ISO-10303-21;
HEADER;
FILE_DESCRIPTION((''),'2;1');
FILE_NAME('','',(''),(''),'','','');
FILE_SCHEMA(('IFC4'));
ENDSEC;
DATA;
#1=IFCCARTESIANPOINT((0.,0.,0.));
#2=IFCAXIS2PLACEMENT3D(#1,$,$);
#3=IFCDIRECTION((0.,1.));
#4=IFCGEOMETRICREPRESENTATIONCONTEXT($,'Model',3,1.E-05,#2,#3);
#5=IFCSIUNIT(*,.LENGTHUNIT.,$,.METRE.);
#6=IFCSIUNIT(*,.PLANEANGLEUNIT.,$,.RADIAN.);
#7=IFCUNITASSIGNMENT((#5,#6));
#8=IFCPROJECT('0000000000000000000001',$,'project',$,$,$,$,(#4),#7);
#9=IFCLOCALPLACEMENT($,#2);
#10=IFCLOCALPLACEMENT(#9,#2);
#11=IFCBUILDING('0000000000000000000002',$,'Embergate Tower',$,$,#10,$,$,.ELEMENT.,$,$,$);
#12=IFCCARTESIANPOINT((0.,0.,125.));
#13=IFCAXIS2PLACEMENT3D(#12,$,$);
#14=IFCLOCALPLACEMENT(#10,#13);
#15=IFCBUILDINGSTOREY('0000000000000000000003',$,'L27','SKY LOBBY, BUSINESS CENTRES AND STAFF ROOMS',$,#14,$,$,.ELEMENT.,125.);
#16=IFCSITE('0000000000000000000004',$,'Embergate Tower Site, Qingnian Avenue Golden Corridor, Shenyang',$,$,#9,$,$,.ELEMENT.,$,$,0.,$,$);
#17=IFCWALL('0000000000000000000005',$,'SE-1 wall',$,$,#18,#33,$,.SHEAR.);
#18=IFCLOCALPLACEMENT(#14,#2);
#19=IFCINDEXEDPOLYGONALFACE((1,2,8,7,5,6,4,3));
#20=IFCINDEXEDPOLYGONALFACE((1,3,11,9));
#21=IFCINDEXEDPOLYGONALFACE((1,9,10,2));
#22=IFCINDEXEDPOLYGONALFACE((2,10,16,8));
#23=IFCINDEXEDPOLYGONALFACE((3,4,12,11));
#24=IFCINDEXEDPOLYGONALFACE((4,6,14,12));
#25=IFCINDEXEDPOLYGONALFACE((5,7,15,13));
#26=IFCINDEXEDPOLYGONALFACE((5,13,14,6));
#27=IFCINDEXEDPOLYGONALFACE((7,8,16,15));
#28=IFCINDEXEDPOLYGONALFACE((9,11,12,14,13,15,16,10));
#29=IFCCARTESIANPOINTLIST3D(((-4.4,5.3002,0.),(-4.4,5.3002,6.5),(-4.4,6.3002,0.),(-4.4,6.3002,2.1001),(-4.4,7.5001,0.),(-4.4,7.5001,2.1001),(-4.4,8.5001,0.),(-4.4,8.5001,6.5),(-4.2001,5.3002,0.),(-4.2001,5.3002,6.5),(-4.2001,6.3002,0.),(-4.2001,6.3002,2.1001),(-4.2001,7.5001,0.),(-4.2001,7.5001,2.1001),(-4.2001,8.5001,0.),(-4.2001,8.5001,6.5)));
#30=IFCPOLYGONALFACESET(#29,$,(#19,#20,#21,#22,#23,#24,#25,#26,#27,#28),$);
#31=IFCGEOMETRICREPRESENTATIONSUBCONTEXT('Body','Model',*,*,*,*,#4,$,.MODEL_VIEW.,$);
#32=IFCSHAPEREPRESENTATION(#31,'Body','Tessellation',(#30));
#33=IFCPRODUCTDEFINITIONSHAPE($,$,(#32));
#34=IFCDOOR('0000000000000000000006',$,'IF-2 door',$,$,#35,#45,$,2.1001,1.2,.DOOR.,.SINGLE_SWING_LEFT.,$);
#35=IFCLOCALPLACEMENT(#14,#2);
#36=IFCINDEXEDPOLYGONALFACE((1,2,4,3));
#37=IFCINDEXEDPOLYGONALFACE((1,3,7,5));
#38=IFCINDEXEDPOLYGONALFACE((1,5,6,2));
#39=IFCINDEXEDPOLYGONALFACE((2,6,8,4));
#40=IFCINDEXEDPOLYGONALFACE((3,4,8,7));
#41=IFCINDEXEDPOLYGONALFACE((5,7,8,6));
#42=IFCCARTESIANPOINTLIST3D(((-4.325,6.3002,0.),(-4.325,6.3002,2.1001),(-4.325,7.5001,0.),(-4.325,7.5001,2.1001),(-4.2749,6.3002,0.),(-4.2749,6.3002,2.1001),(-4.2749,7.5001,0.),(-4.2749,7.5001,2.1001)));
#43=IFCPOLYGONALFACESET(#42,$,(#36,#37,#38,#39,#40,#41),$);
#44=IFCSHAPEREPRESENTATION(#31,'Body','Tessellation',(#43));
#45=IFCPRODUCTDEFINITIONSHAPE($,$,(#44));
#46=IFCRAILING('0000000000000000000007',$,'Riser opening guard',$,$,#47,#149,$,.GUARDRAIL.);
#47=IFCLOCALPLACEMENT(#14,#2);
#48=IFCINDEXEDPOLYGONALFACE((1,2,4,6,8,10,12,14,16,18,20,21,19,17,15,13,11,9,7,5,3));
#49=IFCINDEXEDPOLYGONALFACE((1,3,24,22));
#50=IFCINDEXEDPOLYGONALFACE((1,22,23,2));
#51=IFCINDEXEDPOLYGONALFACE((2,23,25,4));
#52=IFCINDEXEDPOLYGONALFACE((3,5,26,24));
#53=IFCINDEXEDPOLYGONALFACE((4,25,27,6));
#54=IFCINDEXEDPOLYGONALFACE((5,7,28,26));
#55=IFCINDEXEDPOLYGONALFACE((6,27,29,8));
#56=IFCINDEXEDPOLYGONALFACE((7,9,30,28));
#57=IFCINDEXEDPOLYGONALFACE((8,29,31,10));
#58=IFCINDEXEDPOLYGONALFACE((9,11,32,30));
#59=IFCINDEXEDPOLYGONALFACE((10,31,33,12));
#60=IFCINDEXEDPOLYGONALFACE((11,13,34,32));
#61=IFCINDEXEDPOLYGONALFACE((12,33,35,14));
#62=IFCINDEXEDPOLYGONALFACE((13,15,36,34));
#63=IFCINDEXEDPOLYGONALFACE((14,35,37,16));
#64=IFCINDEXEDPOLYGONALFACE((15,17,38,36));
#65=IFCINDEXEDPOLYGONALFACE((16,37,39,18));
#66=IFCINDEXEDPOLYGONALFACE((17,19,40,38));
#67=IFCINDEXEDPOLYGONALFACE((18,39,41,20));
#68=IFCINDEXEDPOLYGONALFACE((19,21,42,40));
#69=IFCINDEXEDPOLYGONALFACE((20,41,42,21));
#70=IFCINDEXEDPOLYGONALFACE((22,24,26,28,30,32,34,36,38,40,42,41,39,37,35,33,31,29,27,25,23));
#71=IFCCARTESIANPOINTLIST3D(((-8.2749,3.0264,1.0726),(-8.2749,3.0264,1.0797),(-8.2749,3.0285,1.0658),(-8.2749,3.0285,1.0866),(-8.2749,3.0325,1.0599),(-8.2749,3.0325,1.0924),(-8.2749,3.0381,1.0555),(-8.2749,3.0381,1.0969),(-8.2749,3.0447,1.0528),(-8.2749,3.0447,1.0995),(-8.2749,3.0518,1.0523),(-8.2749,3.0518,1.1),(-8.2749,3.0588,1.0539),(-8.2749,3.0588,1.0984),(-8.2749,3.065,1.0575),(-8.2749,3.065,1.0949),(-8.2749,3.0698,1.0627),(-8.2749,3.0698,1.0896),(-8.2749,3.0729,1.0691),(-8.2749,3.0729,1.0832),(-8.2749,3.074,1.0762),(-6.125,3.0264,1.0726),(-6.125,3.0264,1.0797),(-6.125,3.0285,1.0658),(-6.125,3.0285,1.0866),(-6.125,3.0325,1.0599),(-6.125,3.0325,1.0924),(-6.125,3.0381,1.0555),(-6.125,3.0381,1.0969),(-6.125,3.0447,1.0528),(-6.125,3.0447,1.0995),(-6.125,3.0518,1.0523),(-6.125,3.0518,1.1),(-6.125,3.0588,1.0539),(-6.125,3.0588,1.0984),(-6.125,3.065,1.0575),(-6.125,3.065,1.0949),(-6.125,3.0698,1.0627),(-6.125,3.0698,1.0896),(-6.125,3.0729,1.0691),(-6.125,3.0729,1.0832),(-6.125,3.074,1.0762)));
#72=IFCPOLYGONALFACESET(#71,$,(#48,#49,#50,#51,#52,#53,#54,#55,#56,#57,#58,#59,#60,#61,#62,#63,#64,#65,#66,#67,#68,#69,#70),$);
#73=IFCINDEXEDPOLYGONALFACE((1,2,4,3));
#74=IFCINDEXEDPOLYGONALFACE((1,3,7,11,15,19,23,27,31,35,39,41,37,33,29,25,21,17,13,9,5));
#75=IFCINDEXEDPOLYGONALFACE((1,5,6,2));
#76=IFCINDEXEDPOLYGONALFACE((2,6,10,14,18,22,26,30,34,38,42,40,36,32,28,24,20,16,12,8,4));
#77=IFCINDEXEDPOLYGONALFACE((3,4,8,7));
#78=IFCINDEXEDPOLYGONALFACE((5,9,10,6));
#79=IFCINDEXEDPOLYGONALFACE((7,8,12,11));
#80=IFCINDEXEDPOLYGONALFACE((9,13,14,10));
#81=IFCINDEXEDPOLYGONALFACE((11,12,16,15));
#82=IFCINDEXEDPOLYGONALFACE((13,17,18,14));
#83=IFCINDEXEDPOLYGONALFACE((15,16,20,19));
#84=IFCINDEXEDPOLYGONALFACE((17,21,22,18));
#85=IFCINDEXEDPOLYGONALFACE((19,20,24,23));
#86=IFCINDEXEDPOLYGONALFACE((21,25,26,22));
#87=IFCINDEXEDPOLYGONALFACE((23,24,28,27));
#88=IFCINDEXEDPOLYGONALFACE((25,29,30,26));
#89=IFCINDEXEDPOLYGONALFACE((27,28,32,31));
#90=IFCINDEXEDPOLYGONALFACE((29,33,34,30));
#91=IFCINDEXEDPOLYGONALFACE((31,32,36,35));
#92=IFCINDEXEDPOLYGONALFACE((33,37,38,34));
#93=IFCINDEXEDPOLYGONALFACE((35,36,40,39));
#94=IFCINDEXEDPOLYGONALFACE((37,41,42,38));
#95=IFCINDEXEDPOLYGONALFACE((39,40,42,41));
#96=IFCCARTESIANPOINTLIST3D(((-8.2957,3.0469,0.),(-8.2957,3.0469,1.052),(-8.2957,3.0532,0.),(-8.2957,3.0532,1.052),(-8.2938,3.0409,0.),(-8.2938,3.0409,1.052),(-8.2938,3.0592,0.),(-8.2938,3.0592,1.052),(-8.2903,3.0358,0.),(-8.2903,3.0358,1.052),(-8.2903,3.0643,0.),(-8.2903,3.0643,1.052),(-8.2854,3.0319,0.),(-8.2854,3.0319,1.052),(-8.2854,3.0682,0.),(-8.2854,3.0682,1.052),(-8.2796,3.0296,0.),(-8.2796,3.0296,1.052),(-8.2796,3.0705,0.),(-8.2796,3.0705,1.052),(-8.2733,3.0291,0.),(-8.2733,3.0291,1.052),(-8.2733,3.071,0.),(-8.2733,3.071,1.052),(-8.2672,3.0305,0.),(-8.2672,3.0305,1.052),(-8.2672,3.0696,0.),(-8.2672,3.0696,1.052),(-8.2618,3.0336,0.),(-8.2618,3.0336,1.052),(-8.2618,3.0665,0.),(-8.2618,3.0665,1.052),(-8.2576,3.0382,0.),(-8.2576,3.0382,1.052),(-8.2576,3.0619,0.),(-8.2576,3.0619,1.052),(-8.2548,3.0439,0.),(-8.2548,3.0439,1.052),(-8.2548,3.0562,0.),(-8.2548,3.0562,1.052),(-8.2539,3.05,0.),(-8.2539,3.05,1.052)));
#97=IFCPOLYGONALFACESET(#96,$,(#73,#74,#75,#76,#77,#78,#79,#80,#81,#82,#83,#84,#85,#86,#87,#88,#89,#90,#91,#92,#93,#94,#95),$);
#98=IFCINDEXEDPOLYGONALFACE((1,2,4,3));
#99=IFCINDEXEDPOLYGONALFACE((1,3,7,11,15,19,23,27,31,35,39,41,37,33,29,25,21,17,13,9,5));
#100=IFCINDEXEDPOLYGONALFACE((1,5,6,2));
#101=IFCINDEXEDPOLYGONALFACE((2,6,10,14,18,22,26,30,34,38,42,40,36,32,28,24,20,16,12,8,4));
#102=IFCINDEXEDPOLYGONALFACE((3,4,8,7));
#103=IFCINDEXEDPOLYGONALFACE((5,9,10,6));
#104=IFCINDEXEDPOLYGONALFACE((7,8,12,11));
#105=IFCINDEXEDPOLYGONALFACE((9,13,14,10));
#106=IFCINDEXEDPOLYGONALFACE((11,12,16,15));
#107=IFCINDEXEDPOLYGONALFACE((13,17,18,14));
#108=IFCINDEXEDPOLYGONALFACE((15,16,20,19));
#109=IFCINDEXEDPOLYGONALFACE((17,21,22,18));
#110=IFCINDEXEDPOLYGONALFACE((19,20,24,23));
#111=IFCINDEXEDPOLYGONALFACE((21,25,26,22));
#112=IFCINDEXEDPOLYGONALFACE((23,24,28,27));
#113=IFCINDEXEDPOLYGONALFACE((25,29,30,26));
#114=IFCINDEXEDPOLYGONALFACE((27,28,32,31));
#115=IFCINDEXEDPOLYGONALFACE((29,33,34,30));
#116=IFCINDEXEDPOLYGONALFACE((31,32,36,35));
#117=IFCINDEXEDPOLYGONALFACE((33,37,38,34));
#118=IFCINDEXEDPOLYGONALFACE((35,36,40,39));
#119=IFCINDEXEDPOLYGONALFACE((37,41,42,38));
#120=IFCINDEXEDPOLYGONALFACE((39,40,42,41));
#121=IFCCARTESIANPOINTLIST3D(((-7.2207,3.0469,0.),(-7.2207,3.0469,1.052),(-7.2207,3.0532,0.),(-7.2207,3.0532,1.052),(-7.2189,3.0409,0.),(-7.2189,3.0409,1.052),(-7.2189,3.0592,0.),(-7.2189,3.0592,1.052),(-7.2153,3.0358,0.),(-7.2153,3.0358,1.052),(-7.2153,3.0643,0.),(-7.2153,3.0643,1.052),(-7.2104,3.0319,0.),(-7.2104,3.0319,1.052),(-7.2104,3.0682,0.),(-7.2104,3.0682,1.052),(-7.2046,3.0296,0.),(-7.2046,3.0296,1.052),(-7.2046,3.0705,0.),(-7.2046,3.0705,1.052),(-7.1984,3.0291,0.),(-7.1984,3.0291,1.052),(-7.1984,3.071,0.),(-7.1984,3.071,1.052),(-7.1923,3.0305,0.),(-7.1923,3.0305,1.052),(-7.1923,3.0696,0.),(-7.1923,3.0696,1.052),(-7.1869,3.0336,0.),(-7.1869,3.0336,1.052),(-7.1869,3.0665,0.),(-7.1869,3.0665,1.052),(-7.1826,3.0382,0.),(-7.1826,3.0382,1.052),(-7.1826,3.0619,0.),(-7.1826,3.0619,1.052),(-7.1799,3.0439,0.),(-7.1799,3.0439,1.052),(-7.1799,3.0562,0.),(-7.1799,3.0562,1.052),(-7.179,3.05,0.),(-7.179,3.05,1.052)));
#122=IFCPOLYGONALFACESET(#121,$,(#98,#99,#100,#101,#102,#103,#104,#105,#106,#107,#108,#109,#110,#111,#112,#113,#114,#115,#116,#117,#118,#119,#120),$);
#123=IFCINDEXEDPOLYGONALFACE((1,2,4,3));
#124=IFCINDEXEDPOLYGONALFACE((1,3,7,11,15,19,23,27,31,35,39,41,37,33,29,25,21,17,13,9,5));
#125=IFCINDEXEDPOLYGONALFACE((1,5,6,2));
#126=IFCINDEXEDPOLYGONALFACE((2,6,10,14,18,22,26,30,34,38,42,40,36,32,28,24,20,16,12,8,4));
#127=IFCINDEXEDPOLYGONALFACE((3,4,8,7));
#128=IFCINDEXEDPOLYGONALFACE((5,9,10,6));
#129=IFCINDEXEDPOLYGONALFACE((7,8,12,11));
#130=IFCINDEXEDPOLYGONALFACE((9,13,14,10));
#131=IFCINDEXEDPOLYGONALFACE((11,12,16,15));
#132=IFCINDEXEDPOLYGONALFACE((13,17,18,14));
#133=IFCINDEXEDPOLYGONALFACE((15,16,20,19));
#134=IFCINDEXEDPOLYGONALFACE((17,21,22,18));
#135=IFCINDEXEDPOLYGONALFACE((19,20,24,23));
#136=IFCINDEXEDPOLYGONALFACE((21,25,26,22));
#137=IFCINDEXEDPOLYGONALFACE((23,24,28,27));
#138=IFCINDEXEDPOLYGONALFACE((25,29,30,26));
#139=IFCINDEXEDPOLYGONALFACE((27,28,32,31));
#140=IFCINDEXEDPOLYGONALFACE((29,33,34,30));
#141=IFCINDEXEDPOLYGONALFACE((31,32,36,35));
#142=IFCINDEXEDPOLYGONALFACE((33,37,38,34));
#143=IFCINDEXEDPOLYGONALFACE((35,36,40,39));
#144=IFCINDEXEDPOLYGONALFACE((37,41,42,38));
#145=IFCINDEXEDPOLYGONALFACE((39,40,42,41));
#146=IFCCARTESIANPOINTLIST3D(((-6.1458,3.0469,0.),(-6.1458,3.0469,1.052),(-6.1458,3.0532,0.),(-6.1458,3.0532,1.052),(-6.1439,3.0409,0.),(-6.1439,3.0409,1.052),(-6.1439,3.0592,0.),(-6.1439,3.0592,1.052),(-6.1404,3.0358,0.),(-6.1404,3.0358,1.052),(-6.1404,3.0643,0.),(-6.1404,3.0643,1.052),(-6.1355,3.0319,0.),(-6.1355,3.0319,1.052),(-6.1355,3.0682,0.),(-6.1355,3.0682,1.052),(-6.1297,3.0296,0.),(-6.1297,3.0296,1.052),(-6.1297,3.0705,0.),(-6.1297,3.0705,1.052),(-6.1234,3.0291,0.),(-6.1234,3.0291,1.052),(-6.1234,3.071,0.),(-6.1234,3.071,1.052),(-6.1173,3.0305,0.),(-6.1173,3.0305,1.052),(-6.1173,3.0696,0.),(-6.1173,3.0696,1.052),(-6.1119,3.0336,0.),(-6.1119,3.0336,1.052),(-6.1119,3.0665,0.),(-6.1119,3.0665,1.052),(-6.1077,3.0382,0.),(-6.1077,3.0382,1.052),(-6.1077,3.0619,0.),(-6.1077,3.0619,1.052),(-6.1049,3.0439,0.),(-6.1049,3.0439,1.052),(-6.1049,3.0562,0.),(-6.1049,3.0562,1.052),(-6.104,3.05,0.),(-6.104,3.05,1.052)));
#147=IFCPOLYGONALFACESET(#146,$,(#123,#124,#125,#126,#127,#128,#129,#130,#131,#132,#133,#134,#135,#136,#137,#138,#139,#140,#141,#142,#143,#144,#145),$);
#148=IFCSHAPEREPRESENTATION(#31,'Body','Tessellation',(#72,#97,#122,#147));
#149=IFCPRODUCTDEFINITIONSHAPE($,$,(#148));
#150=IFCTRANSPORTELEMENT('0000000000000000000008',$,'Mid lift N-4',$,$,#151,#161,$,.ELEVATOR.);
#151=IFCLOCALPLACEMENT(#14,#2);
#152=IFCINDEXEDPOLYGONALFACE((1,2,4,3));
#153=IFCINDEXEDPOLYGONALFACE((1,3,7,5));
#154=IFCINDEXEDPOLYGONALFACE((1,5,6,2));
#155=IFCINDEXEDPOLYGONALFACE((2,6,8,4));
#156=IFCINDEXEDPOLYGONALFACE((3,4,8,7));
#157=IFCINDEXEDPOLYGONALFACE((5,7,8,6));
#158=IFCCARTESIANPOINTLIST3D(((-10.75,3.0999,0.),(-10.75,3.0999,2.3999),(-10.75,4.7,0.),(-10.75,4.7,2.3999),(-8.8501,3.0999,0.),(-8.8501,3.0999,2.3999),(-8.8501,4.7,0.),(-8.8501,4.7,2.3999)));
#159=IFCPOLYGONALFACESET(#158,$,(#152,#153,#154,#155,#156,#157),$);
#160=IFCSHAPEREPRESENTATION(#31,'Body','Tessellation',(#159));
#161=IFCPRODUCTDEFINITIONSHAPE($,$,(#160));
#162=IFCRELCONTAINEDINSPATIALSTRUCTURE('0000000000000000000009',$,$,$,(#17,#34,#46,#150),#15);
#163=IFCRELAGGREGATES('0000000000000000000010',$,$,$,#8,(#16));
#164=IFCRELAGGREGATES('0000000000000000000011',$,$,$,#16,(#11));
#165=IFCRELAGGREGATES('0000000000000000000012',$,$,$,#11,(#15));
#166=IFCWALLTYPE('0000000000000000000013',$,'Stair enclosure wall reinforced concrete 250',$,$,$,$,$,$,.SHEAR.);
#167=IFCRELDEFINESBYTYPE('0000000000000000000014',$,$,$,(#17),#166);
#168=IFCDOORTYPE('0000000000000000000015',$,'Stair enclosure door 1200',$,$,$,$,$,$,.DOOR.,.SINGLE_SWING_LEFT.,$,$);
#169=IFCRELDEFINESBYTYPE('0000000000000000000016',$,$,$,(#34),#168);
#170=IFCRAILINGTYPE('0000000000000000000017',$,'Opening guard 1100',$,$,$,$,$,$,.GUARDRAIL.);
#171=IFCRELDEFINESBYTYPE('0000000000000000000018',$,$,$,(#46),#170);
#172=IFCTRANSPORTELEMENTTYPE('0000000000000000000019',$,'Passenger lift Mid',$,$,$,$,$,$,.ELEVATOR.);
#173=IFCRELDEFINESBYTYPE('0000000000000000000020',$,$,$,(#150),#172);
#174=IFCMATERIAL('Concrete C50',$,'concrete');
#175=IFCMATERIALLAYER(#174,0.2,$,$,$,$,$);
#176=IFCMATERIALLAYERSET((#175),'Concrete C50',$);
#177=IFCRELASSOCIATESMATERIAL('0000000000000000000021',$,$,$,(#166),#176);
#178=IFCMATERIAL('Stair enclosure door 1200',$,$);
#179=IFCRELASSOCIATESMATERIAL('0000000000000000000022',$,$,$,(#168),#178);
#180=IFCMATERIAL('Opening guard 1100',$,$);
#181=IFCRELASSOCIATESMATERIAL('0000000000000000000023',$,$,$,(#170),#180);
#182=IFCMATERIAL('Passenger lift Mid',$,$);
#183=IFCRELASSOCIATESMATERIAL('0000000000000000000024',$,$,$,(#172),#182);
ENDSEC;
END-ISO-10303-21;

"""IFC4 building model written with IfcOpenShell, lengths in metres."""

from ifc_helpers import new_model, si_unit, direction, frame, frame_2d, origin, origin_2d, place, context, subcontext, project, spatial, rectangle, circle, extrude, source, transform, mapped, material, layer, layer_set, type_object, element, fill, save


model = new_model("IFC4")

# Units and contexts
model_context = context("Model", 3, precision=1e-05, world=origin(), true_north=direction((0.0, 1.0)))
body_context = subcontext(model_context, "Body", "Model", "MODEL_VIEW")
ifc_project = project(units=[si_unit("LENGTHUNIT", "METRE"), si_unit("PLANEANGLEUNIT", "RADIAN")], contexts=[model_context])

# Site, building, storey
site_placement = place(None, origin())
site = spatial("IfcSite", under=ifc_project, at=site_placement, Name="Embergate Tower Site, Qingnian Avenue Golden Corridor, Shenyang", CompositionType="ELEMENT", RefElevation=0.0)
building_placement = place(site_placement, origin())
building = spatial("IfcBuilding", under=site, at=building_placement, Name="Embergate Tower", CompositionType="ELEMENT")
storey_placement = place(building_placement, frame((0.0, 0.0, 125.0)))
storey = spatial("IfcBuildingStorey", under=building, at=storey_placement, Name="L27", Description="SKY LOBBY, BUSINESS CENTRES AND STAFF ROOMS", CompositionType="ELEMENT", Elevation=125.0)

# Shared definitions
ifc_material_1 = material(Name="Concrete C50", Category="concrete")

# Shared definitions
ifc_layer_1 = layer(ifc_material_1, 0.2)
ifc_layer_set_1 = layer_set([ifc_layer_1], Name="Concrete C50")
wall_type_1 = type_object("IfcWallType", Name="Stair enclosure wall reinforced concrete 250", PredefinedType="SHEAR", material=ifc_layer_set_1)

# Wall, opening, door
shared_shape_1 = source(origin(), body_context, "Body", "SweptSolid", [
    extrude(rectangle(XDim=3.2, YDim=0.2, at=frame_2d((1.6001, 0.0))), origin(), (0.0, 0.0, 1.0), 6.5),
])
wall_1_placement = place(storey_placement, frame((-4.3, 5.3, 0.0), z_axis=(0.0, 0.0, 1.0), x_axis=(0.0, 1.0, 0.0)))
wall_1 = element("IfcWall", 1, at=wall_1_placement, inside=storey, type_object=wall_type_1, Name="SE-1 wall", PredefinedType="SHEAR", context=body_context, shape_type="MappedRepresentation", body=[
    mapped(shared_shape_1, transform((0.0, 0.0, 0.0))),
])
shared_shape_2 = source(origin(), body_context, "Body", "SweptSolid", [
    extrude(rectangle(XDim=1.2, YDim=2.1001, at=frame_2d((0.6001, 1.05))), frame((0.0, 0.1099, 0.0), z_axis=(0.0, -1.0, 0.0), x_axis=(1.0, 0.0, 0.0)), (0.0, 0.0, 1.0), 0.22),
])
opening_1_placement = place(wall_1_placement, frame((1.0, 0.0, 0.0)))
opening_1 = element("IfcOpeningElement", 2, at=opening_1_placement, cuts=wall_1, PredefinedType="OPENING", context=body_context, shape_type="MappedRepresentation", body=[
    mapped(shared_shape_2, transform((0.0, 0.0, 0.0))),
])
ifc_material_2 = material(Name="Stair enclosure door 1200")
door_type_1 = type_object("IfcDoorType", Name="Stair enclosure door 1200", OperationType="SINGLE_SWING_LEFT", PredefinedType="DOOR", material=ifc_material_2)
shared_shape_3 = source(origin(), body_context, "Body", "SweptSolid", [
    extrude(rectangle(XDim=1.2, YDim=2.1001, at=frame_2d((0.6001, 1.05))), frame((0.0, 0.0249, 0.0), z_axis=(0.0, -1.0, 0.0), x_axis=(1.0, 0.0, 0.0)), (0.0, 0.0, 1.0), 0.05),
])
door_1_placement = place(opening_1_placement, origin())
door_1 = element("IfcDoor", 3, at=door_1_placement, inside=storey, type_object=door_type_1, Name="IF-2 door", OperationType="SINGLE_SWING_LEFT", OverallHeight=2.1001, OverallWidth=1.2, PredefinedType="DOOR", context=body_context, shape_type="MappedRepresentation", body=[
    mapped(shared_shape_3, transform((0.0, 0.0, 0.0))),
])
fill(opening_1, door_1)

# Railing
ifc_material_3 = material(Name="Opening guard 1100")
railing_type = type_object("IfcRailingType", Name="Opening guard 1100", PredefinedType="GUARDRAIL", material=ifc_material_3)
shared_shape_4 = source(origin(), body_context, "Body", "SweptSolid", [
    extrude(circle(Radius=0.0239, at=origin_2d()), frame((0.0, 0.0, 1.0762), z_axis=(1.0, 0.0, 0.0), x_axis=(0.0, 1.0, 0.0)), (0.0, 0.0, 1.0), 2.1499),
    extrude(circle(Radius=0.021, at=origin_2d()), origin(), (0.0, 0.0, 1.0), 1.052),
    extrude(circle(Radius=0.021, at=origin_2d()), frame((1.075, 0.0, 0.0)), (0.0, 0.0, 1.0), 1.052),
    extrude(circle(Radius=0.021, at=origin_2d()), frame((2.1499, 0.0, 0.0)), (0.0, 0.0, 1.0), 1.052),
])
railing_placement = place(storey_placement, frame((-8.2749, 3.05, 0.0)))
element("IfcRailing", 4, at=railing_placement, inside=storey, type_object=railing_type, Name="Riser opening guard", PredefinedType="GUARDRAIL", context=body_context, shape_type="MappedRepresentation", body=[
    mapped(shared_shape_4, transform((0.0, 0.0, 0.0))),
])

# Transport element
ifc_material_4 = material(Name="Passenger lift Mid")
transport_element_type = type_object("IfcTransportElementType", Name="Passenger lift Mid", PredefinedType="ELEVATOR", material=ifc_material_4)
shared_shape_5 = source(origin(), body_context, "Body", "SweptSolid", [
    extrude(rectangle(XDim=1.8999, YDim=1.6001, at=origin_2d()), origin(), (0.0, 0.0, 1.0), 2.3999),
])
transport_element_placement = place(storey_placement, frame((-9.8, 3.8999, 0.0), z_axis=(0.0, 0.0, 1.0), x_axis=(1.0, 0.0, 0.0)))
element("IfcTransportElement", 5, at=transport_element_placement, inside=storey, type_object=transport_element_type, Name="Mid lift N-4", PredefinedType="ELEVATOR", context=body_context, shape_type="MappedRepresentation", body=[
    mapped(shared_shape_5, transform((0.0, 0.0, 0.0))),
])

save(model, "model.ifc")
